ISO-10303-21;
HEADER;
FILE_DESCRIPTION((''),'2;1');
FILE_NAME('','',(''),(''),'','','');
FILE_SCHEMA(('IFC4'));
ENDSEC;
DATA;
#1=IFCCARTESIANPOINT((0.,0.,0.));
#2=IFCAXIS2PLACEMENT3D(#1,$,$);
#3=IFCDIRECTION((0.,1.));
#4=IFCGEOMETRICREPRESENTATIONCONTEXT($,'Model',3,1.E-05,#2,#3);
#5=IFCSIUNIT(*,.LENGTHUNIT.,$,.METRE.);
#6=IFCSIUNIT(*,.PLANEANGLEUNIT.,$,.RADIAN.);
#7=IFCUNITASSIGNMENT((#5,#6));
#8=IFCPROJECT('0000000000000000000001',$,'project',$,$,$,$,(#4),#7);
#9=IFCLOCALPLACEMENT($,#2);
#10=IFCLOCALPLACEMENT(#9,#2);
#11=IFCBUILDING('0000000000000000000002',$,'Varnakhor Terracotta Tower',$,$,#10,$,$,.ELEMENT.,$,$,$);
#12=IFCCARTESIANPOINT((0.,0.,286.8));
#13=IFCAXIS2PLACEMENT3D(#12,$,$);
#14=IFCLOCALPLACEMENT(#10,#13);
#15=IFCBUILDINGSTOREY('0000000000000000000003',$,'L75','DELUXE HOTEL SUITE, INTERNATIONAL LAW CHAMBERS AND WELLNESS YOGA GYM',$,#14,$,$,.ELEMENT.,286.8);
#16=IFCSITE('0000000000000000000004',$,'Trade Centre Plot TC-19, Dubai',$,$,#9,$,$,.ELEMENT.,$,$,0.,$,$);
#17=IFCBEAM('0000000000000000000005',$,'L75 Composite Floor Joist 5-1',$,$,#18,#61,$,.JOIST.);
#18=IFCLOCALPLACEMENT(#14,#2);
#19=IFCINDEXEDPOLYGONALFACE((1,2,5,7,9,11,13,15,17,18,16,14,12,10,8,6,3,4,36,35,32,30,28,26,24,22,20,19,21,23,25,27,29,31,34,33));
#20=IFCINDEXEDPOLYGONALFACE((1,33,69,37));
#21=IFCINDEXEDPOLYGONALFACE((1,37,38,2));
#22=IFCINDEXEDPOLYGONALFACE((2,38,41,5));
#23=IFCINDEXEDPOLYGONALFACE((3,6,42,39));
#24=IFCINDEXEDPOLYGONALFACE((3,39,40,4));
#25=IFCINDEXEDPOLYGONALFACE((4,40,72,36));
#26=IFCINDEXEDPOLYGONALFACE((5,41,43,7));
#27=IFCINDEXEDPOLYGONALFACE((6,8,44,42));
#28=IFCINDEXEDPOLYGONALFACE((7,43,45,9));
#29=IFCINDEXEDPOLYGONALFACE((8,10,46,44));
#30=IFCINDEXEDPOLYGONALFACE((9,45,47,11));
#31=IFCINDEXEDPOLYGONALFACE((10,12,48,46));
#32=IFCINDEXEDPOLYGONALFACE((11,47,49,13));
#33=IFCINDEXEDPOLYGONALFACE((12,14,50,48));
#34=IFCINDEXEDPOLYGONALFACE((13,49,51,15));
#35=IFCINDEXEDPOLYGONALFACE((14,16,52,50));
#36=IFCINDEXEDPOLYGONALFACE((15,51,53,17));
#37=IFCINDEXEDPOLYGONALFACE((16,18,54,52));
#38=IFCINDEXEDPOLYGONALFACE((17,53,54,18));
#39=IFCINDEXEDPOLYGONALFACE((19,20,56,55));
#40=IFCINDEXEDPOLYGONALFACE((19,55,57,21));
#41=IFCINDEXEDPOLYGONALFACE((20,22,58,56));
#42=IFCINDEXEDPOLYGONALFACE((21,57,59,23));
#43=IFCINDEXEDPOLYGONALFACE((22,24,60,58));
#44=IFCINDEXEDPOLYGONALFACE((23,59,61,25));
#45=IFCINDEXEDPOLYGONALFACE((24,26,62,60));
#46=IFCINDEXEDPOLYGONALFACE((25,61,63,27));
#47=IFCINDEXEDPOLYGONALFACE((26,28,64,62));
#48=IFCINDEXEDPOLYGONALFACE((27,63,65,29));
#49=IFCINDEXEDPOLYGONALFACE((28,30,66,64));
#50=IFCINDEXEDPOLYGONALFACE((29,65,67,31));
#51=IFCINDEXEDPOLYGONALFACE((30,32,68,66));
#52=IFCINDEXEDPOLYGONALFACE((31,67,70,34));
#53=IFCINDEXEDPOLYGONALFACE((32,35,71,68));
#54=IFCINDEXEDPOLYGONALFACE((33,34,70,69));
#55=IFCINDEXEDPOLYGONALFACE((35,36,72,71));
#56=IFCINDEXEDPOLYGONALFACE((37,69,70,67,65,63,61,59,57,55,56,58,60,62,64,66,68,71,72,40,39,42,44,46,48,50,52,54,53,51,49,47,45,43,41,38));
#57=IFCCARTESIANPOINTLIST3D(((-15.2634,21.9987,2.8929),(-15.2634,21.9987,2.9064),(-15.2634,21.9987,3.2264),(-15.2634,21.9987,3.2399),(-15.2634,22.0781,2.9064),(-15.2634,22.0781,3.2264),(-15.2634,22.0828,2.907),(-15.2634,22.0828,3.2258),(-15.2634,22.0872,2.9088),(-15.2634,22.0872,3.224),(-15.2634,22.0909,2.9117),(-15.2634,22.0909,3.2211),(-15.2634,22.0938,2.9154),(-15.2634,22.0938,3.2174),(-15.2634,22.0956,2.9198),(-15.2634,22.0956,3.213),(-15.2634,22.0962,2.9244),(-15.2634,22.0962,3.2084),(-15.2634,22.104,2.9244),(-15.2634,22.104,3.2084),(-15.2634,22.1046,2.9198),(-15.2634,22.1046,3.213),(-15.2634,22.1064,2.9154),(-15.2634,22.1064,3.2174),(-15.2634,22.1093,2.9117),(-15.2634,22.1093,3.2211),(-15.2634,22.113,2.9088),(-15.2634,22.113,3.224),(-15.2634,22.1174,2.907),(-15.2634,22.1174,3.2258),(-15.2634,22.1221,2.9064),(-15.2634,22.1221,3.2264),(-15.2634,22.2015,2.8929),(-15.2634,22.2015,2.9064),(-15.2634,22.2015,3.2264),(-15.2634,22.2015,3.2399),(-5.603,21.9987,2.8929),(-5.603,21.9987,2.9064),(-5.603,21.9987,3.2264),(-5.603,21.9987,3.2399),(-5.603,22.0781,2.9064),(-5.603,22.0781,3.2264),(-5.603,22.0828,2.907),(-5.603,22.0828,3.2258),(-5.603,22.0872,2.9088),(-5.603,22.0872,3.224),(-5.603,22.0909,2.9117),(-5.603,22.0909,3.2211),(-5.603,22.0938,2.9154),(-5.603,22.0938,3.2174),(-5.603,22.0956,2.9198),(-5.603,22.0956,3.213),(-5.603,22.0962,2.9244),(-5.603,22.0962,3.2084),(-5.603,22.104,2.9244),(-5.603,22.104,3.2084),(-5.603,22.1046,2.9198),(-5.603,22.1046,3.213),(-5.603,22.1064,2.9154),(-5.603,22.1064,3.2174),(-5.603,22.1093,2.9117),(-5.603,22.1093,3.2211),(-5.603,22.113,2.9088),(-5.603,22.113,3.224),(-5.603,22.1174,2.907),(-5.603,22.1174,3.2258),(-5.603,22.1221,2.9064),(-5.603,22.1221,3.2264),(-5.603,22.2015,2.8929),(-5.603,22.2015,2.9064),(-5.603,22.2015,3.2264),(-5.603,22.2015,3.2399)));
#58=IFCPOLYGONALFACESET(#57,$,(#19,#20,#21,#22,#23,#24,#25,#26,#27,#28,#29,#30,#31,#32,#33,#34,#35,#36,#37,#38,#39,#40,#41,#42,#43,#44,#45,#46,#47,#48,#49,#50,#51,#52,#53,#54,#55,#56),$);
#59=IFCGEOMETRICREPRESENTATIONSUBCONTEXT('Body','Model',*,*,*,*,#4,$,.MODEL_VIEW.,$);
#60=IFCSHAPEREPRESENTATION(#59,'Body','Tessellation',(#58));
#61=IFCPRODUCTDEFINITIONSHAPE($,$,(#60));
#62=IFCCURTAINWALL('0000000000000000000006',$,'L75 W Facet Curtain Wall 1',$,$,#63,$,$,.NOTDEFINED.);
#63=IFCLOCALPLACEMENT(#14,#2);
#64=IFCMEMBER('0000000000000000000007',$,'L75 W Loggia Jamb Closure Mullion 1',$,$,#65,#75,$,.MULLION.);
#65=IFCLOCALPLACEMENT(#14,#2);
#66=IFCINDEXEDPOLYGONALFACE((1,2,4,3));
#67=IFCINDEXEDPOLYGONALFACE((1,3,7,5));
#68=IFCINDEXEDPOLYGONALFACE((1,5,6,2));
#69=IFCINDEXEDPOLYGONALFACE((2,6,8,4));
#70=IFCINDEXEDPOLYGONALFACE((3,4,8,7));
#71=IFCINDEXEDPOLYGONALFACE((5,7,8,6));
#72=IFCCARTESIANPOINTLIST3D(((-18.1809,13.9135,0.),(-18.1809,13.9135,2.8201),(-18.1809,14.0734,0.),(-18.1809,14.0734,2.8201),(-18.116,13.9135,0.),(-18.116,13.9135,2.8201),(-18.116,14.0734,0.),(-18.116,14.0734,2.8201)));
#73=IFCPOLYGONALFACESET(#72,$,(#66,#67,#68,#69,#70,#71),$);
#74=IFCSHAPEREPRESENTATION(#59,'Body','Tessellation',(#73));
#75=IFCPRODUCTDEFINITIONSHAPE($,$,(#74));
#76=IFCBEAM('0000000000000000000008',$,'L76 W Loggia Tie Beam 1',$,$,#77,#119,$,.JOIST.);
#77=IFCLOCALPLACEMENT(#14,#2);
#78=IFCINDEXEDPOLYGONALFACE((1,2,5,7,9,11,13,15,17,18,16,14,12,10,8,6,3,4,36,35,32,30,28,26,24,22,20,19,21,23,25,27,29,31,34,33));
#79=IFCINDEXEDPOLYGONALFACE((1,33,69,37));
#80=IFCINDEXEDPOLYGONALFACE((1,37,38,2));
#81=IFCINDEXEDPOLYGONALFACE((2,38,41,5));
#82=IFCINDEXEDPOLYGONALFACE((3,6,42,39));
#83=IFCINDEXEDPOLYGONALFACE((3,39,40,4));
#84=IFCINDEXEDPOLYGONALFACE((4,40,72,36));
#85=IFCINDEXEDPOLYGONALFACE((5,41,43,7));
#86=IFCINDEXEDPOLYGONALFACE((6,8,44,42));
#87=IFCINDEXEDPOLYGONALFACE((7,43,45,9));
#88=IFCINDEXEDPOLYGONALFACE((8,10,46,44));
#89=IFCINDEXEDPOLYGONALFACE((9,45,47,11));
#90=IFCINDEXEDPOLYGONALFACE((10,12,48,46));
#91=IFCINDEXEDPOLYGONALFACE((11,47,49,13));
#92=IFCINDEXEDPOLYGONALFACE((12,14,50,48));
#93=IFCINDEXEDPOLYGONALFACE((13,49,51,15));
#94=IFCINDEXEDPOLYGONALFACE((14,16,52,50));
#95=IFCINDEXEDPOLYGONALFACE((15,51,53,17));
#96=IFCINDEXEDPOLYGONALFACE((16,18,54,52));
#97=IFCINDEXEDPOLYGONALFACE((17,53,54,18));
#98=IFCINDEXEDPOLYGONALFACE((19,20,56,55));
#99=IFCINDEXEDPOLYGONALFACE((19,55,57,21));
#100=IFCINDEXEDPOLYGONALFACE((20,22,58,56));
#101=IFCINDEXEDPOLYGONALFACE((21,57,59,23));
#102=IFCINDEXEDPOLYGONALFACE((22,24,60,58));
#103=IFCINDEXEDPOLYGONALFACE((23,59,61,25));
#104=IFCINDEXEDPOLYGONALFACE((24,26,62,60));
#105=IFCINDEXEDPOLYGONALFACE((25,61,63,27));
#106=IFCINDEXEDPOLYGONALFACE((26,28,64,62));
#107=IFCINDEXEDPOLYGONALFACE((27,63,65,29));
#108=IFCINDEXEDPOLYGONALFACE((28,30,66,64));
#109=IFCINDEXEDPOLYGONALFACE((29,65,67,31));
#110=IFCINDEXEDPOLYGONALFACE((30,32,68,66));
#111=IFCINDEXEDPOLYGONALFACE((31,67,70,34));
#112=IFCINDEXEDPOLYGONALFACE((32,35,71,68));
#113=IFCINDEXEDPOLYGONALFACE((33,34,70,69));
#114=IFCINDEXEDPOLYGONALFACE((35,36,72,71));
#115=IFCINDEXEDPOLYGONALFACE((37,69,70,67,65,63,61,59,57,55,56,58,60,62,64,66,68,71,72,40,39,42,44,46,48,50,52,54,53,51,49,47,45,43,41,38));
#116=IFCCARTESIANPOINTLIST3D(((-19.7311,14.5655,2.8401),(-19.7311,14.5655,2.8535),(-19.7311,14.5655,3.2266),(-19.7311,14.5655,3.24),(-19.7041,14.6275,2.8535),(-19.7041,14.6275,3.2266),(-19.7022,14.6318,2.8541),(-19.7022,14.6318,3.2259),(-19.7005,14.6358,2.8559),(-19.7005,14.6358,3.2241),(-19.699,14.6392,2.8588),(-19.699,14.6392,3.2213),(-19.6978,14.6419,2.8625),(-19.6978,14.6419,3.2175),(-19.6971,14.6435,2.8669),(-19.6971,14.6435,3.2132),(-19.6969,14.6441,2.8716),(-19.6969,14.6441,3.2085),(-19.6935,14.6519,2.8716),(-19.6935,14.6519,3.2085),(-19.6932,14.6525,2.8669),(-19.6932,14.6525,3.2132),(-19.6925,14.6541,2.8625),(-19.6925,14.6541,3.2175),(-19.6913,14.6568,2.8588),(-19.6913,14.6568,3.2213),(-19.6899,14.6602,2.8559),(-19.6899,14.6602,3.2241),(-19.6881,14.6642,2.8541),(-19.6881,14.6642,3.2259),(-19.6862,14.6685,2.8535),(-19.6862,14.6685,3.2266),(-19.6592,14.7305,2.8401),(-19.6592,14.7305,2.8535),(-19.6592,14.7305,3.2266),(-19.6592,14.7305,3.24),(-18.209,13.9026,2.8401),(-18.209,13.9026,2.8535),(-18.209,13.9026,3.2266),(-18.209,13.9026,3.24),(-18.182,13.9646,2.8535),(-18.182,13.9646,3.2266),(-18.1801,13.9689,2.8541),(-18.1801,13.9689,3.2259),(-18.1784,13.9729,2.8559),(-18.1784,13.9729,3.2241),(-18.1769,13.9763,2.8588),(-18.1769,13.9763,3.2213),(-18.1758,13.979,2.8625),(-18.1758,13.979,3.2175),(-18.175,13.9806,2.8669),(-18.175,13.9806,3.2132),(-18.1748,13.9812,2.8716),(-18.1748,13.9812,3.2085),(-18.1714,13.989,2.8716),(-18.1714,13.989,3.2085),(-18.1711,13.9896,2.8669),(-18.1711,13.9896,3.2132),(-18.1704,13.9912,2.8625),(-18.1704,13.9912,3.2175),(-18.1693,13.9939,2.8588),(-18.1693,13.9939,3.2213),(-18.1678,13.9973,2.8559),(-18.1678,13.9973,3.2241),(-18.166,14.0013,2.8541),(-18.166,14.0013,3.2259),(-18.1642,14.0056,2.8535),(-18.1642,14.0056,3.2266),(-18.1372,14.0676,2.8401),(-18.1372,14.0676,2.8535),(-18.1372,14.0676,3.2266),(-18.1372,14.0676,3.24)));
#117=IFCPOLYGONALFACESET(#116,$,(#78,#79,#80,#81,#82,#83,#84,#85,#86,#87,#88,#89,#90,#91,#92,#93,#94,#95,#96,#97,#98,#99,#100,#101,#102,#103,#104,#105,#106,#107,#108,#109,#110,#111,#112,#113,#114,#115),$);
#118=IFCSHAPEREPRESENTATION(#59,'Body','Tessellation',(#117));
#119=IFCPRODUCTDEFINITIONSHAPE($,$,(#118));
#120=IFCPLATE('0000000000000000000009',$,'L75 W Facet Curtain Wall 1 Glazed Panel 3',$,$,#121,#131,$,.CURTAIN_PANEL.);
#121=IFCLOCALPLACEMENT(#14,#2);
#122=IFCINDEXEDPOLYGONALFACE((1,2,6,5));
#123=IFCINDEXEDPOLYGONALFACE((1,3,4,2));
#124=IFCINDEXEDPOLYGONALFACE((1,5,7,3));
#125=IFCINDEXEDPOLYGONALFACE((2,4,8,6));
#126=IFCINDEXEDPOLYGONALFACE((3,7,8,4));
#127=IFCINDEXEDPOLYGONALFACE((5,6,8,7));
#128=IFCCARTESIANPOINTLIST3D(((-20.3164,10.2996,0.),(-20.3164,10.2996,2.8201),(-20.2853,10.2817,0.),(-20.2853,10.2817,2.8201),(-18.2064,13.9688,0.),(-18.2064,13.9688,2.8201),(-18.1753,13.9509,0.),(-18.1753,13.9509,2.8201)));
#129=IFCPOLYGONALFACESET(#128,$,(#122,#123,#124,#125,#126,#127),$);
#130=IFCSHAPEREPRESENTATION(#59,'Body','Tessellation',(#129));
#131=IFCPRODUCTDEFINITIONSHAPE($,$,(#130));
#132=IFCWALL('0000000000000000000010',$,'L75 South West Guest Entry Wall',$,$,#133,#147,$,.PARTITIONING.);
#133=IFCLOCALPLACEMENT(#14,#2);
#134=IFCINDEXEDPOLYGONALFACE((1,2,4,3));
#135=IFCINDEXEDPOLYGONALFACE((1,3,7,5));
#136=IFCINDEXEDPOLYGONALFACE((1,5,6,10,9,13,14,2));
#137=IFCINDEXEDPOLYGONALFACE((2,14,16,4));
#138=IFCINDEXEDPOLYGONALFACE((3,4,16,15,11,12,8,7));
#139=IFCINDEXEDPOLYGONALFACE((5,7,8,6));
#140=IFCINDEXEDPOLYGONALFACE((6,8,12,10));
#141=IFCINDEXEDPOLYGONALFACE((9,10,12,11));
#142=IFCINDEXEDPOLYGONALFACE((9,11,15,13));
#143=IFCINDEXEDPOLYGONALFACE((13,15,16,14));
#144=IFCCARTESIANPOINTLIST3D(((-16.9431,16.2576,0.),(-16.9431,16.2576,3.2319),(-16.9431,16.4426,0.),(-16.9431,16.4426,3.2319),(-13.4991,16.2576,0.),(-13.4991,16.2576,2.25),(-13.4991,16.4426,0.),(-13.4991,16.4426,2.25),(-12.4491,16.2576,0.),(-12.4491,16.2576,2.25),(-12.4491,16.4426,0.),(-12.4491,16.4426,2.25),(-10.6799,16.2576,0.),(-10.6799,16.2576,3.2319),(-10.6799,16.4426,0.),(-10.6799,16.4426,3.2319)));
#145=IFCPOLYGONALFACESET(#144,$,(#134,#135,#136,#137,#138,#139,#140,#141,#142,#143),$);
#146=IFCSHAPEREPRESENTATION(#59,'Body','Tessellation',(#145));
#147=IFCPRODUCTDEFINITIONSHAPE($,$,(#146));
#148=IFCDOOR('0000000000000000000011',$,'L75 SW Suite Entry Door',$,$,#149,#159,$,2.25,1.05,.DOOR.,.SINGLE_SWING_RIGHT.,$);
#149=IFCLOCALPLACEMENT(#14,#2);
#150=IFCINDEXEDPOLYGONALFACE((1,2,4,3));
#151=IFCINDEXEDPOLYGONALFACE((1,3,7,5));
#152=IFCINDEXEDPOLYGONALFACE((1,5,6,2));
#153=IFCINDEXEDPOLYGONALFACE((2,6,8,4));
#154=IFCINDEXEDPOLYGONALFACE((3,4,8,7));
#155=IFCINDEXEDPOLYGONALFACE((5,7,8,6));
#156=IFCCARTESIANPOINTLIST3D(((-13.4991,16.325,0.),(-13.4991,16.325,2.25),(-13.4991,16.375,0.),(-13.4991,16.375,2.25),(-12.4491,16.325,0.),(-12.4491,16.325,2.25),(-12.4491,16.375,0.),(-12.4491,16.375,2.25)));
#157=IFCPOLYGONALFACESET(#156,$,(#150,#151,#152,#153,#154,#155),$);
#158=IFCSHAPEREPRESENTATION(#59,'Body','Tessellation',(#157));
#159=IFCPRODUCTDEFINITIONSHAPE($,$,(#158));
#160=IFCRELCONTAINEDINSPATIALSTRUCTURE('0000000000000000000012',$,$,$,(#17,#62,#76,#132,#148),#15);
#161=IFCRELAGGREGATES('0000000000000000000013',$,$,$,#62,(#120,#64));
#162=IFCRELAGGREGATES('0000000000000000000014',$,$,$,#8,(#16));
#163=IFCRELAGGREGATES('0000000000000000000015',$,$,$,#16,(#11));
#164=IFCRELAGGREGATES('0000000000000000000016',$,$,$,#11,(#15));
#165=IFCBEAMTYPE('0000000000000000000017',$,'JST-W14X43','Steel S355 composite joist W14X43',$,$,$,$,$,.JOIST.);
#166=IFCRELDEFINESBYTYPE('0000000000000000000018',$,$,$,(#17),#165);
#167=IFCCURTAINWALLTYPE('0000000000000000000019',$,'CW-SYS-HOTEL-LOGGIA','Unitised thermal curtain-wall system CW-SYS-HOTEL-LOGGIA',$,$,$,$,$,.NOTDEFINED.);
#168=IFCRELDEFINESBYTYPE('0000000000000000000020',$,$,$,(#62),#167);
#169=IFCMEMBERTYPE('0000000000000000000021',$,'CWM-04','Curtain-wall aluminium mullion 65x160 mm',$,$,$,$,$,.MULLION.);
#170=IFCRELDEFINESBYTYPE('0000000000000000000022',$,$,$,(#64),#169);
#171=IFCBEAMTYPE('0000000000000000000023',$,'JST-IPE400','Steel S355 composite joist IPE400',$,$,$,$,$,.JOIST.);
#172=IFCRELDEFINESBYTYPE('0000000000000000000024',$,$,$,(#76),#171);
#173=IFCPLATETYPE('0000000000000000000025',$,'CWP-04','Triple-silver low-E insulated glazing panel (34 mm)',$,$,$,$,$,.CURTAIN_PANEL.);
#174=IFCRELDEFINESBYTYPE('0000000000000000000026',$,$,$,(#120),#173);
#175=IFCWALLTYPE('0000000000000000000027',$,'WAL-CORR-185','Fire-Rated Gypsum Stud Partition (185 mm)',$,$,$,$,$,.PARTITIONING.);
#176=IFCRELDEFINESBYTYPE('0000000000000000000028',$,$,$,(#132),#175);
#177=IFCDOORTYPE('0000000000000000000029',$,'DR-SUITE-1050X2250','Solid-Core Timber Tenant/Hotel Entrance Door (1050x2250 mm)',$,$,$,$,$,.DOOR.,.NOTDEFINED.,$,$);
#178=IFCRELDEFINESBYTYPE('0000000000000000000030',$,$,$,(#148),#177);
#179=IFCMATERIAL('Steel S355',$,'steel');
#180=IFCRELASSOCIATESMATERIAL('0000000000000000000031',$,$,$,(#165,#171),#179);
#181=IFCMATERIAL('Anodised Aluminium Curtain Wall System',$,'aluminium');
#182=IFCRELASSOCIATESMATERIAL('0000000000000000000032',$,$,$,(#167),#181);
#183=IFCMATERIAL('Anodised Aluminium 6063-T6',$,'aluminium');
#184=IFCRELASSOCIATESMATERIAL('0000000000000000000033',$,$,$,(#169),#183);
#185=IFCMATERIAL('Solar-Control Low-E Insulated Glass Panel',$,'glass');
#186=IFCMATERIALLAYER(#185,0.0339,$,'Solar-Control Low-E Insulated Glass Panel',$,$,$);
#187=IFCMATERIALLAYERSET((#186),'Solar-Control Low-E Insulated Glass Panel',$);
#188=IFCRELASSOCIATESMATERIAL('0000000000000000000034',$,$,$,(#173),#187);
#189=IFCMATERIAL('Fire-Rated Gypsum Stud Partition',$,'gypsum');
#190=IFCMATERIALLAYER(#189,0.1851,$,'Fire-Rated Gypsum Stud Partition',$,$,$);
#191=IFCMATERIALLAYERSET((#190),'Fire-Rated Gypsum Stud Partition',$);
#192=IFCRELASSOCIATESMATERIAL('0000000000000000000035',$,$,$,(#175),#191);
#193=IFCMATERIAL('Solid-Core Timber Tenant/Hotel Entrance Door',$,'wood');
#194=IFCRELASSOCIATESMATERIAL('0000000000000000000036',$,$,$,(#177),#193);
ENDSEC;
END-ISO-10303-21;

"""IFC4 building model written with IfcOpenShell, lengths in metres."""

from ifc_helpers import new_model, si_unit, direction, frame, frame_2d, origin, origin_2d, place, context, subcontext, project, spatial, rectangle, i_section, extrude, source, transform, mapped, material, layer, layer_set, material_profile, profile_set, type_object, type_shapes, element, fill, aggregate, save


model = new_model("IFC4")

# Units and contexts
model_context = context("Model", 3, precision=1e-05, world=origin(), true_north=direction((0.0, 1.0)))
body_context = subcontext(model_context, "Body", "Model", "MODEL_VIEW")
ifc_project = project(units=[si_unit("LENGTHUNIT", "METRE"), si_unit("PLANEANGLEUNIT", "RADIAN")], contexts=[model_context])

# Site, building, storey
site_placement = place(None, origin())
site = spatial("IfcSite", under=ifc_project, at=site_placement, Name="Trade Centre Plot TC-19, Dubai", CompositionType="ELEMENT", RefElevation=0.0)
building_placement = place(site_placement, origin())
building = spatial("IfcBuilding", under=site, at=building_placement, Name="Varnakhor Terracotta Tower", CompositionType="ELEMENT")
storey_placement = place(building_placement, frame((0.0, 0.0, 286.8)))
storey = spatial("IfcBuildingStorey", under=building, at=storey_placement, Name="L75", Description="DELUXE HOTEL SUITE, INTERNATIONAL LAW CHAMBERS AND WELLNESS YOGA GYM", CompositionType="ELEMENT", Elevation=286.8)

# Beam
ifc_material_1 = material(Name="Steel S355", Category="steel")
ifc_material_profile_1 = material_profile(ifc_material_1, i_section(OverallWidth=0.2029, OverallDepth=0.3469, WebThickness=0.0078, FlangeThickness=0.0134, FilletRadius=0.0181, at=origin_2d()), Name="W14X43")
ifc_profile_set_1 = profile_set([ifc_material_profile_1], Name="Steel S355")
beam_type_1 = type_object("IfcBeamType", Name="JST-W14X43", Description="Steel S355 composite joist W14X43", PredefinedType="JOIST", material=ifc_profile_set_1)
shared_shape_1 = source(origin(), body_context, "Body", "SweptSolid", [
    extrude(i_section(OverallWidth=0.2029, OverallDepth=0.3469, WebThickness=0.0078, FlangeThickness=0.0134, FilletRadius=0.0181, at=origin_2d()), origin(), (0.0, 0.0, 1.0), 9.6604),
])
beam_1_placement = place(storey_placement, frame((-15.2634, 22.1001, 3.0664), z_axis=(1.0, 0.0, 0.0), x_axis=(0.0, 1.0, 0.0)))
element("IfcBeam", 1, at=beam_1_placement, inside=storey, type_object=beam_type_1, Name="L75 Composite Floor Joist 5-1", PredefinedType="JOIST", context=body_context, shape_type="MappedRepresentation", body=[
    mapped(shared_shape_1, transform((0.0, 0.0, 0.0), scale=1.0)),
])

# Curtain wall, member
ifc_material_2 = material(Name="Anodised Aluminium Curtain Wall System", Category="aluminium")
curtain_wall_type = type_object("IfcCurtainWallType", Name="CW-SYS-HOTEL-LOGGIA", Description="Unitised thermal curtain-wall system CW-SYS-HOTEL-LOGGIA", PredefinedType="NOTDEFINED", material=ifc_material_2)
curtain_wall_placement = place(storey_placement, origin())
curtain_wall = element("IfcCurtainWall", 2, at=curtain_wall_placement, inside=storey, type_object=curtain_wall_type, Name="L75 W Facet Curtain Wall 1", PredefinedType="NOTDEFINED")
ifc_material_3 = material(Name="Anodised Aluminium 6063-T6", Category="aluminium")
ifc_material_profile_2 = material_profile(ifc_material_3, rectangle(XDim=0.0649, YDim=0.1599, at=origin_2d()), Name="ALU MULLION 65x160")
ifc_profile_set_2 = profile_set([ifc_material_profile_2], Name="Anodised Aluminium 6063-T6")
member_type = type_object("IfcMemberType", Name="CWM-04", Description="Curtain-wall aluminium mullion 65x160 mm", PredefinedType="MULLION", material=ifc_profile_set_2)
shared_shape_2 = source(origin(), body_context, "Body", "SweptSolid", [
    extrude(rectangle(XDim=0.0649, YDim=0.1599, at=origin_2d()), origin(), (0.0, 0.0, 1.0), 2.8201),
])
type_shapes(member_type, [shared_shape_2])
member_placement = place(storey_placement, frame((-18.1484, 13.9934, 0.0), z_axis=(0.0, 0.0, 1.0), x_axis=(1.0, 0.0, 0.0)))
member = element("IfcMember", 3, at=member_placement, type_object=member_type, Name="L75 W Loggia Jamb Closure Mullion 1", PredefinedType="MULLION", context=body_context, shape_type="MappedRepresentation", body=[
    mapped(shared_shape_2, transform((0.0, 0.0, 0.0), scale=1.0)),
])

# Beam
ifc_material_profile_3 = material_profile(ifc_material_1, i_section(OverallWidth=0.1799, OverallDepth=0.3999, WebThickness=0.0085, FlangeThickness=0.0134, FilletRadius=0.0181, at=origin_2d()), Name="IPE400")
ifc_profile_set_3 = profile_set([ifc_material_profile_3], Name="Steel S355")
beam_type_2 = type_object("IfcBeamType", Name="JST-IPE400", Description="Steel S355 composite joist IPE400", PredefinedType="JOIST", material=ifc_profile_set_3)
shared_shape_3 = source(origin(), body_context, "Body", "SweptSolid", [
    extrude(i_section(OverallWidth=0.1799, OverallDepth=0.3999, WebThickness=0.0085, FlangeThickness=0.0134, FilletRadius=0.0181, at=origin_2d()), origin(), (0.0, 0.0, 1.0), 1.6602),
])
beam_2_placement = place(storey_placement, frame((-18.1731, 13.9851, 3.04), z_axis=(-0.916824, 0.399291, 0.0), x_axis=(-0.399291, -0.916824, 0.0)))
element("IfcBeam", 4, at=beam_2_placement, inside=storey, type_object=beam_type_2, Name="L76 W Loggia Tie Beam 1", PredefinedType="JOIST", context=body_context, shape_type="MappedRepresentation", body=[
    mapped(shared_shape_3, transform((0.0, 0.0, 0.0), scale=1.0)),
])

# Plate
ifc_material_4 = material(Name="Solar-Control Low-E Insulated Glass Panel", Category="glass")
ifc_layer_1 = layer(ifc_material_4, 0.0339, Name="Solar-Control Low-E Insulated Glass Panel")
ifc_layer_set_1 = layer_set([ifc_layer_1], Name="Solar-Control Low-E Insulated Glass Panel")
plate_type = type_object("IfcPlateType", Name="CWP-04", Description="Triple-silver low-E insulated glazing panel (34 mm)", PredefinedType="CURTAIN_PANEL", material=ifc_layer_set_1)
shared_shape_4 = source(origin(), body_context, "Body", "SweptSolid", [
    extrude(rectangle(XDim=4.2327, YDim=0.0359, at=origin_2d()), origin(), (0.0, 0.0, 1.0), 2.8201),
])
plate_placement = place(storey_placement, frame((-19.2458, 12.1252, 0.0), z_axis=(0.0, 0.0, 1.0), x_axis=(0.498518, 0.866879, 0.0)))
plate = element("IfcPlate", 5, at=plate_placement, type_object=plate_type, Name="L75 W Facet Curtain Wall 1 Glazed Panel 3", PredefinedType="CURTAIN_PANEL", context=body_context, shape_type="MappedRepresentation", body=[
    mapped(shared_shape_4, transform((0.0, 0.0, 0.0), scale=1.0)),
])
aggregate(curtain_wall, [plate, member])

# Wall, opening, door
ifc_material_5 = material(Name="Fire-Rated Gypsum Stud Partition", Category="gypsum")
ifc_layer_2 = layer(ifc_material_5, 0.1851, Name="Fire-Rated Gypsum Stud Partition")
ifc_layer_set_2 = layer_set([ifc_layer_2], Name="Fire-Rated Gypsum Stud Partition")
wall_type_1 = type_object("IfcWallType", Name="WAL-CORR-185", Description="Fire-Rated Gypsum Stud Partition (185 mm)", PredefinedType="PARTITIONING", material=ifc_layer_set_2)
wall_1_placement = place(storey_placement, frame((-16.9431, 16.3501, 0.0), z_axis=(0.0, 0.0, 1.0), x_axis=(1.0, 0.0, 0.0)))
wall_1 = element("IfcWall", 6, at=wall_1_placement, inside=storey, type_object=wall_type_1, Name="L75 South West Guest Entry Wall", PredefinedType="PARTITIONING", context=body_context, shape_type="SweptSolid", body=[
    extrude(rectangle(XDim=6.2632, YDim=0.1851, at=frame_2d((3.1316, 0.0))), origin(), (0.0, 0.0, 1.0), 3.2319),
])
opening_1_placement = place(wall_1_placement, frame((3.4441, 0.0, 0.0)))
opening_1 = element("IfcOpeningElement", 7, at=opening_1_placement, cuts=wall_1, PredefinedType="OPENING", context=body_context, shape_type="SweptSolid", body=[
    extrude(rectangle(XDim=1.05, YDim=2.25, at=frame_2d((0.5249, 1.125))), frame((0.0, 0.1025, 0.0), z_axis=(0.0, -1.0, 0.0), x_axis=(1.0, 0.0, 0.0)), (0.0, 0.0, 1.0), 0.2051),
])
ifc_material_6 = material(Name="Solid-Core Timber Tenant/Hotel Entrance Door", Category="wood")
door_type_1 = type_object("IfcDoorType", Name="DR-SUITE-1050X2250", Description="Solid-Core Timber Tenant/Hotel Entrance Door (1050x2250 mm)", OperationType="NOTDEFINED", PredefinedType="DOOR", material=ifc_material_6)
shared_shape_5 = source(origin(), body_context, "Body", "SweptSolid", [
    extrude(rectangle(XDim=1.05, YDim=2.25, at=frame_2d((0.5249, 1.125))), frame((0.0, 0.0249, 0.0), z_axis=(0.0, -1.0, 0.0), x_axis=(1.0, 0.0, 0.0)), (0.0, 0.0, 1.0), 0.05),
])
type_shapes(door_type_1, [shared_shape_5])
door_1_placement = place(opening_1_placement, origin())
door_1 = element("IfcDoor", 8, at=door_1_placement, inside=storey, type_object=door_type_1, Name="L75 SW Suite Entry Door", OperationType="SINGLE_SWING_RIGHT", OverallHeight=2.25, OverallWidth=1.05, PredefinedType="DOOR", context=body_context, shape_type="MappedRepresentation", body=[
    mapped(shared_shape_5, transform((0.0, 0.0, 0.0), scale=1.0)),
])
fill(opening_1, door_1)

save(model, "model.ifc")
